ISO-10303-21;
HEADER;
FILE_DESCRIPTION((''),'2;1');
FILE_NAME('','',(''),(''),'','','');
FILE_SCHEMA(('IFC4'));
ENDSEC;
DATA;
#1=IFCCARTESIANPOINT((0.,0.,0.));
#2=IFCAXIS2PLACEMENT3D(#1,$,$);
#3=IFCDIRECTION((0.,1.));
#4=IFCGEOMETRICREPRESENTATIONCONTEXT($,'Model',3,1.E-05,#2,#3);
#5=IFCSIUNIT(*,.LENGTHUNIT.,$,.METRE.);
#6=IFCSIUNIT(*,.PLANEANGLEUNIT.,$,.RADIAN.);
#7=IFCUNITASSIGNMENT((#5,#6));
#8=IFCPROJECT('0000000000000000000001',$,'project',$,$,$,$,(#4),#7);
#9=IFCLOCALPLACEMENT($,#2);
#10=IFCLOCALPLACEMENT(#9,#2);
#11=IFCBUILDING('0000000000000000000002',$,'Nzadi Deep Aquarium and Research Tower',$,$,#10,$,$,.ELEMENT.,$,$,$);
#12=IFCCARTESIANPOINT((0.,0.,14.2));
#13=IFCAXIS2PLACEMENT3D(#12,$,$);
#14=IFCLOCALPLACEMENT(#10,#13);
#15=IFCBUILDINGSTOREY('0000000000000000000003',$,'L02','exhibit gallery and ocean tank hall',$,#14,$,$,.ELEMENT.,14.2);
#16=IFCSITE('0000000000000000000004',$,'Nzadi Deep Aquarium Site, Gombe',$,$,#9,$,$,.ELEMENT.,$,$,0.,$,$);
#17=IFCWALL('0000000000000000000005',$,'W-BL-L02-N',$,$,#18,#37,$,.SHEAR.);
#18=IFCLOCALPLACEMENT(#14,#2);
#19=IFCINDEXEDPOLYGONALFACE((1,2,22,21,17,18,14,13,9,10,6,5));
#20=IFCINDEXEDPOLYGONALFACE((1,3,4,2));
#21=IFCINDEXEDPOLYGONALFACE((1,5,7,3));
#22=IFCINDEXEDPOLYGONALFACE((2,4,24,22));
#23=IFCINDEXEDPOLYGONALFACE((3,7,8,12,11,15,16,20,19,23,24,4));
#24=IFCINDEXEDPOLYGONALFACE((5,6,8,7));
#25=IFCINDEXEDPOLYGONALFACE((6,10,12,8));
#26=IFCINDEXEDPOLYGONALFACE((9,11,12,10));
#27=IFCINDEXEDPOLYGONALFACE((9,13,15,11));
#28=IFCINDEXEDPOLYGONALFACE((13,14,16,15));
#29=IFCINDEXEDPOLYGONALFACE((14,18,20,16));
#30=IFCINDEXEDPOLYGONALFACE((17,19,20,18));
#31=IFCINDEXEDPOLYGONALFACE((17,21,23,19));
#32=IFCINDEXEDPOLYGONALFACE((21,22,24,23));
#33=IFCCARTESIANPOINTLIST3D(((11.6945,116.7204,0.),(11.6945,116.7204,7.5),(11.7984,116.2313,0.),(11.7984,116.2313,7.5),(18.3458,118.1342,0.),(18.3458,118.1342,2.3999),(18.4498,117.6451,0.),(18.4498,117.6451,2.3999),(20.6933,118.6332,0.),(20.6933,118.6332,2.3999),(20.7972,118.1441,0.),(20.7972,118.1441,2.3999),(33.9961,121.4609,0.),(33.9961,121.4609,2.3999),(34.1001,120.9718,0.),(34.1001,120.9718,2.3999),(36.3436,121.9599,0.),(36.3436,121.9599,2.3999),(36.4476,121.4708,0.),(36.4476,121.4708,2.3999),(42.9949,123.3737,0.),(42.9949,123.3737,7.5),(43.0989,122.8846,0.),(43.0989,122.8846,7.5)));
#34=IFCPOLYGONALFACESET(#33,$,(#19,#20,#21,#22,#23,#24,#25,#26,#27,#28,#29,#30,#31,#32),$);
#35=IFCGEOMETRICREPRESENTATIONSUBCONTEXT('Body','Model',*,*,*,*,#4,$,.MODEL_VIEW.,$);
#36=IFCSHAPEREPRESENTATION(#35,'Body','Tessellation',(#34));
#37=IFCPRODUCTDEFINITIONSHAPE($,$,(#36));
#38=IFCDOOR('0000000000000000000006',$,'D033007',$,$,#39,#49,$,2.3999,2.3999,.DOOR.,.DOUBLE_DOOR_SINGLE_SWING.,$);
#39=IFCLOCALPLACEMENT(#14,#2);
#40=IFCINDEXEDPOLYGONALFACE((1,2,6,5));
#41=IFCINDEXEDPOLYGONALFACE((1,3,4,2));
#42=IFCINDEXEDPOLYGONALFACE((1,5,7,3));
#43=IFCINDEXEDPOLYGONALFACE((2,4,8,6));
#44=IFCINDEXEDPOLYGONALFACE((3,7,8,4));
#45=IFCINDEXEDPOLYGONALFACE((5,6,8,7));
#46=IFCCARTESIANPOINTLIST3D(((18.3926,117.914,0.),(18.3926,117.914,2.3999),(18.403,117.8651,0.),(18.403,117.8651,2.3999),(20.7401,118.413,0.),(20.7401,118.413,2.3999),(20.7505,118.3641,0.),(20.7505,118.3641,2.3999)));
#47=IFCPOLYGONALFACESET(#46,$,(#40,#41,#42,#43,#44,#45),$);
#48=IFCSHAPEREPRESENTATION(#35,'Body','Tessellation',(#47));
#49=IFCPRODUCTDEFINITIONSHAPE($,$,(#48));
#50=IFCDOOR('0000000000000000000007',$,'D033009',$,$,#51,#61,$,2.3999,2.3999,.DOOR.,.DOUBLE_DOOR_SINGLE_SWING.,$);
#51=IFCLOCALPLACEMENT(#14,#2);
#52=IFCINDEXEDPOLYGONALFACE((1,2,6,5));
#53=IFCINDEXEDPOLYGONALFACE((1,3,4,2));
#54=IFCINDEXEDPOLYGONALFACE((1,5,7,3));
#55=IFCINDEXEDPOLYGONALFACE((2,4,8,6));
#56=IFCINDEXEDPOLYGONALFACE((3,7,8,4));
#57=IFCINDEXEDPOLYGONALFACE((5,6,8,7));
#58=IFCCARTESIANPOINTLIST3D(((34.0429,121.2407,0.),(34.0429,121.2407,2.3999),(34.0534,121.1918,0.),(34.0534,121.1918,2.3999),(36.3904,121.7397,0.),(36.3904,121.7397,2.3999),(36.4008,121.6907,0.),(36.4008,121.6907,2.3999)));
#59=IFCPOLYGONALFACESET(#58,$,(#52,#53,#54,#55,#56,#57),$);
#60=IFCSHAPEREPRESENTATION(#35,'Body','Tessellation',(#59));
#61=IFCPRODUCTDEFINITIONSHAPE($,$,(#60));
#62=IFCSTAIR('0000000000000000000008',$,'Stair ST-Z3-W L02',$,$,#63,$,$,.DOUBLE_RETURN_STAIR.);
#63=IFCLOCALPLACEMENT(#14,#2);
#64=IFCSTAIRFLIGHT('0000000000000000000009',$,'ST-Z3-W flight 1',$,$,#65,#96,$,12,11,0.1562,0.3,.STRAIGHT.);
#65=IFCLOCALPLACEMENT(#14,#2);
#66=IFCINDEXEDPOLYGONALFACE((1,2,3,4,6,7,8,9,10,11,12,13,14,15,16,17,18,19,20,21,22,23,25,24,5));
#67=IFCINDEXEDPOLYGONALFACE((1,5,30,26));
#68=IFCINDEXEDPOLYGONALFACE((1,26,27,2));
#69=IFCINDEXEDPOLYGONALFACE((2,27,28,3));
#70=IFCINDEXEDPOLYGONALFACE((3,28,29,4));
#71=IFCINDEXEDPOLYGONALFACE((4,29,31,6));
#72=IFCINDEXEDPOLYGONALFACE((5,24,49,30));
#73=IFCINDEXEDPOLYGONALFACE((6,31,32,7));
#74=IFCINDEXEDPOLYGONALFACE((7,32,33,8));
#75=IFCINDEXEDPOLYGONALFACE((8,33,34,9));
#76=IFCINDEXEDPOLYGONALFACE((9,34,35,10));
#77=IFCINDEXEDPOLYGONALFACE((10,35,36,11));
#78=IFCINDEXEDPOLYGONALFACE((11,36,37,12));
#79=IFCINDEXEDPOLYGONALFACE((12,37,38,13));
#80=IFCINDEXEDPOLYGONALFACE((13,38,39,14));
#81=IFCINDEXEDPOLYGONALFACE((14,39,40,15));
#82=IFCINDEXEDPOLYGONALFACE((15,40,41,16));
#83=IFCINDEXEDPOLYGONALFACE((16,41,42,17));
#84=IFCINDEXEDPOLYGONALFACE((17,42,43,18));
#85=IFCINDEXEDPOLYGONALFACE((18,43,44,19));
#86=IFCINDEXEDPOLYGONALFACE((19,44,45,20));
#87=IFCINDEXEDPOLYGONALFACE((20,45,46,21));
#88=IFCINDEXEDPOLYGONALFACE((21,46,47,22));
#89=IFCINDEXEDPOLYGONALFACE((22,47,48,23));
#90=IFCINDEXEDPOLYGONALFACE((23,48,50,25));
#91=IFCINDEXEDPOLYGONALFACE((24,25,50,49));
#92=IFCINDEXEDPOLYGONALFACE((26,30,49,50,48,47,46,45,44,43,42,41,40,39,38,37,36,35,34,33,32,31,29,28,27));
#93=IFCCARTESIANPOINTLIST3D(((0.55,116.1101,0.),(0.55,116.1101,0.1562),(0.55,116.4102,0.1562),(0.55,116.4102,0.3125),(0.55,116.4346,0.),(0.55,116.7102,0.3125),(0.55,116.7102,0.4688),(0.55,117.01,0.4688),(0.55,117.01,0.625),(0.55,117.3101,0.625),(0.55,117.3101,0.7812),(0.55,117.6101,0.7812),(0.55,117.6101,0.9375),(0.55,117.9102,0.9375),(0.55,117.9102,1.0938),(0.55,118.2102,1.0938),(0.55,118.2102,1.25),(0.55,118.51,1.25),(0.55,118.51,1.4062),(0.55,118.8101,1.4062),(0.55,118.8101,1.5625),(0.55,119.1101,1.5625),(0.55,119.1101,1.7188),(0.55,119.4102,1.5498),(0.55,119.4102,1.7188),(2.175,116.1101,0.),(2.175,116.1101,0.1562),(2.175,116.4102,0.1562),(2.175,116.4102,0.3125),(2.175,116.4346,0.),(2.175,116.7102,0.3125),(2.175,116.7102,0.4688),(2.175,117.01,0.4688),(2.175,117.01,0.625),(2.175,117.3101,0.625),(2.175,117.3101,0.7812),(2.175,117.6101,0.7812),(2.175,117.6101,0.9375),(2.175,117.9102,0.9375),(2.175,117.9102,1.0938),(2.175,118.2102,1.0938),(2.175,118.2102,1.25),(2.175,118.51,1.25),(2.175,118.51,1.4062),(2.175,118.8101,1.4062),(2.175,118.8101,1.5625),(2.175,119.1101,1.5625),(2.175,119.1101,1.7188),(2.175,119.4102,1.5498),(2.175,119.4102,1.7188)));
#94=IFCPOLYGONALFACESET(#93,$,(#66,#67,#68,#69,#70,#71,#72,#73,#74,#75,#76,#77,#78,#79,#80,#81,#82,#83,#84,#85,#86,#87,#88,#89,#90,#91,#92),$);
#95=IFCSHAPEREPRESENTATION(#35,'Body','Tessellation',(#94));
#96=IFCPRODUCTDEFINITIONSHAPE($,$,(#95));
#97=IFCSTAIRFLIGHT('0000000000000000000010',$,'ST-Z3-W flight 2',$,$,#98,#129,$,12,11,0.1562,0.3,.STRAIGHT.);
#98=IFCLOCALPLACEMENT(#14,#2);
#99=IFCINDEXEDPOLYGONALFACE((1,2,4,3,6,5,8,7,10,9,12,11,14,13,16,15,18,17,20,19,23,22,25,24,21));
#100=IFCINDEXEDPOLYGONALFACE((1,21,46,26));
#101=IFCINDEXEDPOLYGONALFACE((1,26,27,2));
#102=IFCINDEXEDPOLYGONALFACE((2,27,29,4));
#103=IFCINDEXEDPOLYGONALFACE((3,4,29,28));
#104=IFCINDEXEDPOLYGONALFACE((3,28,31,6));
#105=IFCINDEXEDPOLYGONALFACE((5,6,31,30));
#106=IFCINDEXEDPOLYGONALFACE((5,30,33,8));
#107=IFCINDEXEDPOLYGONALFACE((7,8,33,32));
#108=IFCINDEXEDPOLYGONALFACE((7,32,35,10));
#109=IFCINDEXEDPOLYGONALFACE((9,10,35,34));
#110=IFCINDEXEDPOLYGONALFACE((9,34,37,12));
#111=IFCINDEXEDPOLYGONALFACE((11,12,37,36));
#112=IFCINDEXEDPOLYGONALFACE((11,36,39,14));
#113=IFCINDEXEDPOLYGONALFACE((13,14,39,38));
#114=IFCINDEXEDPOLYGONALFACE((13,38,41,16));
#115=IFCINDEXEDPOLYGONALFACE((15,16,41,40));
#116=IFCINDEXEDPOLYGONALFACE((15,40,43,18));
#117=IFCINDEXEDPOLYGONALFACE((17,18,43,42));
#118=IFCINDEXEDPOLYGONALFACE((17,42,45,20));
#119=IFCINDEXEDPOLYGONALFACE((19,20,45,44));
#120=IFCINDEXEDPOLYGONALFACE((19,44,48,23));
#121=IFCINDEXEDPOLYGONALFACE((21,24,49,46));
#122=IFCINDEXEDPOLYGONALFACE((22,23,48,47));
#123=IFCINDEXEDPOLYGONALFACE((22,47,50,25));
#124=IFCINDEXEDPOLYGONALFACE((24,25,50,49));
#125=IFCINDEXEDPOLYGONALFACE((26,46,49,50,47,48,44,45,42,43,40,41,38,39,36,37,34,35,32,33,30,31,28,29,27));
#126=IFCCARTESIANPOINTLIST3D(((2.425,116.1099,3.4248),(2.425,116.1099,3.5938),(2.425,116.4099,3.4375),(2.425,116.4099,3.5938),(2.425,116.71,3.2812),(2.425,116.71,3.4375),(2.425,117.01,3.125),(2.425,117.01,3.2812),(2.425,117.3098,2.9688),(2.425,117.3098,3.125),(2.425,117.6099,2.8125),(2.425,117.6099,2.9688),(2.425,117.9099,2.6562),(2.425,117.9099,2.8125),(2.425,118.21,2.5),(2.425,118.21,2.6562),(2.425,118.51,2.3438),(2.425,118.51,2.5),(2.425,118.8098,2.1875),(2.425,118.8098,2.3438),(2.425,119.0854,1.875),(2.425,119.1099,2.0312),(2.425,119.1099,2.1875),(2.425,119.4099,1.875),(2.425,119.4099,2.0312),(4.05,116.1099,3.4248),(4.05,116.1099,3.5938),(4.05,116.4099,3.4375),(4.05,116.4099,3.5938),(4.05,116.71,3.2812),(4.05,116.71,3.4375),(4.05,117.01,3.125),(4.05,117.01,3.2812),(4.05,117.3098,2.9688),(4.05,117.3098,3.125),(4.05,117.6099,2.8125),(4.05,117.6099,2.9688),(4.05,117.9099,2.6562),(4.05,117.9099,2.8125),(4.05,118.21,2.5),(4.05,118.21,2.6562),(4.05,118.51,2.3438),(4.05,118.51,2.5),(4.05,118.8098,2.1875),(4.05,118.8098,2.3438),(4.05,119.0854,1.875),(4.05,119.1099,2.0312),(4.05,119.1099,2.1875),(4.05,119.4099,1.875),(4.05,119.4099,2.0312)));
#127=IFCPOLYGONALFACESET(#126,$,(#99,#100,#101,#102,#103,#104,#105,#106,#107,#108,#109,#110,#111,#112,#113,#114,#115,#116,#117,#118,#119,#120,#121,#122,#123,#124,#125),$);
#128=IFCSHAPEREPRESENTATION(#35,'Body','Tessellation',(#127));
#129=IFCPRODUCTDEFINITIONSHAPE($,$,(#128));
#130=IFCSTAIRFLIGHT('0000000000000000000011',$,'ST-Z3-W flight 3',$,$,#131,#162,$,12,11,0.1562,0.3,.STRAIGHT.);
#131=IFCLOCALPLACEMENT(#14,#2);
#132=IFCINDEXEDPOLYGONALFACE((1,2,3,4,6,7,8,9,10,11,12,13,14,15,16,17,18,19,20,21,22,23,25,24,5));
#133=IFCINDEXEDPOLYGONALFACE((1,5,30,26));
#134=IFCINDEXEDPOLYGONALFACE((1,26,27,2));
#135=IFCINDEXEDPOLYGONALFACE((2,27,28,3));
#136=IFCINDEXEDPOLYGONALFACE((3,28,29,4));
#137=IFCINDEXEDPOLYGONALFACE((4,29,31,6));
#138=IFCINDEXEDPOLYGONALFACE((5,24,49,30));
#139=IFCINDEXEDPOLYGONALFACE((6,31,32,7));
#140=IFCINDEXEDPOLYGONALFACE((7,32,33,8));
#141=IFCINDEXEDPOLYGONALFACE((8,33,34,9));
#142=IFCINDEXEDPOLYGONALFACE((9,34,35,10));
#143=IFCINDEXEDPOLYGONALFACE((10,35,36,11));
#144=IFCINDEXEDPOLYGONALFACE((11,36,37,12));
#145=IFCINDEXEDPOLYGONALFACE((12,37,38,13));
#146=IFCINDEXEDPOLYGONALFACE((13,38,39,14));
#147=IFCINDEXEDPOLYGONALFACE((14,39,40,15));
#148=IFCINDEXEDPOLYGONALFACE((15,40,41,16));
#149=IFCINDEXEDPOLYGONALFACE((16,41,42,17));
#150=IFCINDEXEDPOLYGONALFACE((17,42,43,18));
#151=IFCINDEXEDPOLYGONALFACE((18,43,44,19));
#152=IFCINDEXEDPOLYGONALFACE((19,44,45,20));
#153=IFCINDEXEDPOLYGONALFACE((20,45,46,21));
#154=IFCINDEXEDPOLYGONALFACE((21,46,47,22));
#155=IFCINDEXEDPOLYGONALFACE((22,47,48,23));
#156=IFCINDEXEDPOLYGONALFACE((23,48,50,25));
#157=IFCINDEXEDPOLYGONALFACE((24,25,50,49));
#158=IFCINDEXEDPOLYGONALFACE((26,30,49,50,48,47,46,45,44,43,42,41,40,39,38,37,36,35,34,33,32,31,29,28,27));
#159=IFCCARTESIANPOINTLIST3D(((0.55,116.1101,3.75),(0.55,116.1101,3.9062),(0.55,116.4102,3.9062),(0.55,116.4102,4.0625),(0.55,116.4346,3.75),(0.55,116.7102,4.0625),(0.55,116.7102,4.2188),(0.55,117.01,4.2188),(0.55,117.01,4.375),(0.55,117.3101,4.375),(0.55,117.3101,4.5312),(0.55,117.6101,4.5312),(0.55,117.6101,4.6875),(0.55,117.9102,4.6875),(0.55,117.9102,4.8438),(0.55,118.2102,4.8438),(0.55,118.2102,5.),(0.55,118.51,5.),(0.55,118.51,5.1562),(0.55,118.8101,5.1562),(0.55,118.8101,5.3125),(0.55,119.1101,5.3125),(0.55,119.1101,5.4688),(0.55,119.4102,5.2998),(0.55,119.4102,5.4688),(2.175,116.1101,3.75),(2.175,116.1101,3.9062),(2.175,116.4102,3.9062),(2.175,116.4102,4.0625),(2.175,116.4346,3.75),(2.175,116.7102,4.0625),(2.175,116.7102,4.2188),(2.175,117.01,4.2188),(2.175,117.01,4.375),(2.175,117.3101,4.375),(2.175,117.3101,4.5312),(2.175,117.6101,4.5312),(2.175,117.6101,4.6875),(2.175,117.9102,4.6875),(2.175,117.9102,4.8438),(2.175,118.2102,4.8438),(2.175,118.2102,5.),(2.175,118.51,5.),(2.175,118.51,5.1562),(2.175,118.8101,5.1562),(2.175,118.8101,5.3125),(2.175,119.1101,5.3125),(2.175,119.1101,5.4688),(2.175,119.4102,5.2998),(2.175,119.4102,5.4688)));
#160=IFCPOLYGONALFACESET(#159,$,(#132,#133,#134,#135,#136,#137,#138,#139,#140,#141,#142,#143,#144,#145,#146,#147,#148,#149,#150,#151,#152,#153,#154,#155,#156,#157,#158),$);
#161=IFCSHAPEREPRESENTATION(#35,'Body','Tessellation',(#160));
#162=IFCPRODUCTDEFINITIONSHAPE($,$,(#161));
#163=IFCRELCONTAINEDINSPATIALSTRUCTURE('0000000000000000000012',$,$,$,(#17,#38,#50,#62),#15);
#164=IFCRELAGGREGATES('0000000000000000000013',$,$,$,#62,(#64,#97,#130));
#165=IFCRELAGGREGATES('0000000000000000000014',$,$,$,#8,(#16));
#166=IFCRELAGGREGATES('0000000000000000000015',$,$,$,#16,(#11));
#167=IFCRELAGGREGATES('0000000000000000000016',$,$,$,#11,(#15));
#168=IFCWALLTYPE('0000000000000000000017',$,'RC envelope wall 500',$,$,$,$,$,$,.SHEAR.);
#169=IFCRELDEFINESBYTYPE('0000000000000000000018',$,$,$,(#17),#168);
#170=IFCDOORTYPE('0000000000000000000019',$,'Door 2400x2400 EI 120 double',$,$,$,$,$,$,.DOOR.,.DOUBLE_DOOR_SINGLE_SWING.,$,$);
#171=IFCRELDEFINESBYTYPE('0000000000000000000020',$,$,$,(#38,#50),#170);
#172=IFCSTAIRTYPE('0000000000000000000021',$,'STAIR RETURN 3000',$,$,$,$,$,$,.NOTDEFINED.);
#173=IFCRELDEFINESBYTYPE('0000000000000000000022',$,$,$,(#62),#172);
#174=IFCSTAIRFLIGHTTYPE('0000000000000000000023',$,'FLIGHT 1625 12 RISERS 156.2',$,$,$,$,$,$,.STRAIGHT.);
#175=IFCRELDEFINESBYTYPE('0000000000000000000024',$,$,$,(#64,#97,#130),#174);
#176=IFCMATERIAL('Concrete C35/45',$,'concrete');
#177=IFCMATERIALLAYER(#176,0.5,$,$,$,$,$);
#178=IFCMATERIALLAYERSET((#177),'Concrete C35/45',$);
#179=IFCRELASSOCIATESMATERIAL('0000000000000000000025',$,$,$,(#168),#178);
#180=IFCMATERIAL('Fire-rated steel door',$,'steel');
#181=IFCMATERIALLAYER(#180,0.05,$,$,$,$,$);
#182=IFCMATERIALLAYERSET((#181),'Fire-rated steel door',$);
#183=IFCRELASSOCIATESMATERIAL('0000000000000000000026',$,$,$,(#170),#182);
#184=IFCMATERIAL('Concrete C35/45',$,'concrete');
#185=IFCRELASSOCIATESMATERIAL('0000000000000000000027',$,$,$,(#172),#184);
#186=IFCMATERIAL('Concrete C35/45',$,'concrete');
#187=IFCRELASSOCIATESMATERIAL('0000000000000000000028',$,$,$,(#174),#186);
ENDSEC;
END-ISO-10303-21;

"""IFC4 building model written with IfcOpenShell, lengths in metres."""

from ifc_helpers import new_model, si_unit, direction, frame, frame_2d, origin, place, context, subcontext, project, spatial, polyline, rectangle, outline, extrude, material, layer, layer_set, type_object, element, fill, aggregate, save


model = new_model("IFC4")

# Units and contexts
model_context = context("Model", 3, precision=1e-05, world=origin(), true_north=direction((0.0, 1.0)))
body_context = subcontext(model_context, "Body", "Model", "MODEL_VIEW")
ifc_project = project(units=[si_unit("LENGTHUNIT", "METRE"), si_unit("PLANEANGLEUNIT", "RADIAN")], contexts=[model_context])

# Site, building, storey
site_placement = place(None, origin())
site = spatial("IfcSite", under=ifc_project, at=site_placement, Name="Nzadi Deep Aquarium Site, Gombe", CompositionType="ELEMENT", RefElevation=0.0)
building_placement = place(site_placement, origin())
building = spatial("IfcBuilding", under=site, at=building_placement, Name="Nzadi Deep Aquarium and Research Tower", CompositionType="ELEMENT")
storey_placement = place(building_placement, frame((0.0, 0.0, 14.2)))
storey = spatial("IfcBuildingStorey", under=building, at=storey_placement, Name="L02", Description="exhibit gallery and ocean tank hall", CompositionType="ELEMENT", Elevation=14.2)

# Wall, openings, doors
ifc_material_1 = material(Name="Concrete C35/45", Category="concrete")
ifc_layer_1 = layer(ifc_material_1, 0.5)
ifc_layer_set_1 = layer_set([ifc_layer_1], Name="Concrete C35/45")
wall_type_1 = type_object("IfcWallType", Name="RC envelope wall 500", PredefinedType="SHEAR", material=ifc_layer_set_1)
wall_1_placement = place(storey_placement, frame((11.7463, 116.4758, 0.0), z_axis=(0.0, 0.0, 1.0), x_axis=(0.978146, 0.207917, 0.0)))
wall_1 = element("IfcWall", 1, at=wall_1_placement, inside=storey, type_object=wall_type_1, Name="W-BL-L02-N", PredefinedType="SHEAR", context=body_context, shape_type="SweptSolid", body=[
    extrude(rectangle(XDim=31.9998, YDim=0.5, at=frame_2d((16.0, 0.0))), origin(), (0.0, 0.0, 1.0), 7.5),
])
opening_1_placement = place(wall_1_placement, frame((6.8, 0.0, 0.0)))
opening_1 = element("IfcOpeningElement", 2, at=opening_1_placement, cuts=wall_1, PredefinedType="OPENING", context=body_context, shape_type="SweptSolid", body=[
    extrude(rectangle(XDim=2.3999, YDim=2.3999, at=frame_2d((1.2, 1.2))), frame((0.0, 0.26, 0.0), z_axis=(0.0, -1.0, 0.0), x_axis=(1.0, 0.0, 0.0)), (0.0, 0.0, 1.0), 0.52),
])
opening_2_placement = place(wall_1_placement, frame((22.8, 0.0, 0.0)))
opening_2 = element("IfcOpeningElement", 3, at=opening_2_placement, cuts=wall_1, PredefinedType="OPENING", context=body_context, shape_type="SweptSolid", body=[
    extrude(rectangle(XDim=2.3999, YDim=2.3999, at=frame_2d((1.2, 1.2))), frame((0.0, 0.26, 0.0), z_axis=(0.0, -1.0, 0.0), x_axis=(1.0, 0.0, 0.0)), (0.0, 0.0, 1.0), 0.52),
])
ifc_material_2 = material(Name="Fire-rated steel door", Category="steel")
ifc_layer_2 = layer(ifc_material_2, 0.05)
ifc_layer_set_2 = layer_set([ifc_layer_2], Name="Fire-rated steel door")
door_type_1 = type_object("IfcDoorType", Name="Door 2400x2400 EI 120 double", OperationType="DOUBLE_DOOR_SINGLE_SWING", PredefinedType="DOOR", material=ifc_layer_set_2)
door_1_placement = place(opening_1_placement, origin())
door_1 = element("IfcDoor", 4, at=door_1_placement, inside=storey, type_object=door_type_1, Name="D033007", OperationType="DOUBLE_DOOR_SINGLE_SWING", OverallHeight=2.3999, OverallWidth=2.3999, PredefinedType="DOOR", context=body_context, shape_type="SweptSolid", body=[
    extrude(rectangle(XDim=2.3999, YDim=2.3999, at=frame_2d((1.2, 1.2))), frame((0.0, 0.0249, 0.0), z_axis=(0.0, -1.0, 0.0), x_axis=(1.0, 0.0, 0.0)), (0.0, 0.0, 1.0), 0.05),
])
fill(opening_1, door_1)
door_2_placement = place(opening_2_placement, origin())
door_2 = element("IfcDoor", 5, at=door_2_placement, inside=storey, type_object=door_type_1, Name="D033009", OperationType="DOUBLE_DOOR_SINGLE_SWING", OverallHeight=2.3999, OverallWidth=2.3999, PredefinedType="DOOR", context=body_context, shape_type="SweptSolid", body=[
    extrude(rectangle(XDim=2.3999, YDim=2.3999, at=frame_2d((1.2, 1.2))), frame((0.0, 0.0249, 0.0), z_axis=(0.0, -1.0, 0.0), x_axis=(1.0, 0.0, 0.0)), (0.0, 0.0, 1.0), 0.05),
])
fill(opening_2, door_2)

# Stair, stair flights
ifc_material_3 = material(Name="Concrete C35/45", Category="concrete")
stair_type = type_object("IfcStairType", Name="STAIR RETURN 3000", PredefinedType="NOTDEFINED", material=ifc_material_3)
stair_placement = place(storey_placement, origin())
stair = element("IfcStair", 6, at=stair_placement, inside=storey, type_object=stair_type, Name="Stair ST-Z3-W L02", PredefinedType="DOUBLE_RETURN_STAIR")
ifc_material_4 = material(Name="Concrete C35/45", Category="concrete")
stair_flight_type = type_object("IfcStairFlightType", Name="FLIGHT 1625 12 RISERS 156.2", PredefinedType="STRAIGHT", material=ifc_material_4)
stair_flight_1_placement = place(storey_placement, frame((1.3625, 116.1101, 0.0), z_axis=(0.0, 0.0, 1.0), x_axis=(0.0, 1.0, 0.0)))
stair_flight_1 = element("IfcStairFlight", 7, at=stair_flight_1_placement, type_object=stair_flight_type, Name="ST-Z3-W flight 1", NumberOfRisers=12, NumberOfTreads=11, PredefinedType="STRAIGHT", RiserHeight=0.1562, TreadLength=0.3, context=body_context, shape_type="SweptSolid", body=[
    extrude(outline(polyline([(0.0, 0.0), (0.0, 0.1562), (0.3, 0.1562), (0.3, 0.3125), (0.6001, 0.3125), (0.6001, 0.4688), (0.8999, 0.4688), (0.8999, 0.625), (1.2, 0.625), (1.2, 0.7812), (1.5, 0.7812), (1.5, 0.9375), (1.8, 0.9375), (1.8, 1.0938), (2.1001, 1.0938), (2.1001, 1.25), (2.3999, 1.25), (2.3999, 1.4062), (2.7, 1.4062), (2.7, 1.5625), (3.0, 1.5625), (3.0, 1.7188), (3.3, 1.7188), (3.3, 1.875), (3.3, 1.5498), (0.3245, 0.0), (0.0, 0.0)])), frame((0.0, 0.8125, 0.0), z_axis=(0.0, -1.0, 0.0), x_axis=(1.0, 0.0, 0.0)), (0.0, 0.0, 1.0), 1.625),
])
stair_flight_2_placement = place(storey_placement, frame((3.2375, 119.4099, 1.875), z_axis=(0.0, 0.0, 1.0), x_axis=(0.0, -1.0, 0.0)))
stair_flight_2 = element("IfcStairFlight", 8, at=stair_flight_2_placement, type_object=stair_flight_type, Name="ST-Z3-W flight 2", NumberOfRisers=12, NumberOfTreads=11, PredefinedType="STRAIGHT", RiserHeight=0.1562, TreadLength=0.3, context=body_context, shape_type="SweptSolid", body=[
    extrude(outline(polyline([(0.0, 0.0), (0.0, 0.1562), (0.3, 0.1562), (0.3, 0.3125), (0.6001, 0.3125), (0.6001, 0.4688), (0.8999, 0.4688), (0.8999, 0.625), (1.2, 0.625), (1.2, 0.7812), (1.5, 0.7812), (1.5, 0.9375), (1.8, 0.9375), (1.8, 1.0938), (2.1001, 1.0938), (2.1001, 1.25), (2.3999, 1.25), (2.3999, 1.4062), (2.7, 1.4062), (2.7, 1.5625), (3.0, 1.5625), (3.0, 1.7188), (3.3, 1.7188), (3.3, 1.875), (3.3, 1.5498), (0.3245, 0.0), (0.0, 0.0)])), frame((0.0, 0.8125, 0.0), z_axis=(0.0, -1.0, 0.0), x_axis=(1.0, 0.0, 0.0)), (0.0, 0.0, 1.0), 1.625),
])
stair_flight_3_placement = place(storey_placement, frame((1.3625, 116.1101, 3.75), z_axis=(0.0, 0.0, 1.0), x_axis=(0.0, 1.0, 0.0)))
stair_flight_3 = element("IfcStairFlight", 9, at=stair_flight_3_placement, type_object=stair_flight_type, Name="ST-Z3-W flight 3", NumberOfRisers=12, NumberOfTreads=11, PredefinedType="STRAIGHT", RiserHeight=0.1562, TreadLength=0.3, context=body_context, shape_type="SweptSolid", body=[
    extrude(outline(polyline([(0.0, 0.0), (0.0, 0.1562), (0.3, 0.1562), (0.3, 0.3125), (0.6001, 0.3125), (0.6001, 0.4688), (0.8999, 0.4688), (0.8999, 0.625), (1.2, 0.625), (1.2, 0.7812), (1.5, 0.7812), (1.5, 0.9375), (1.8, 0.9375), (1.8, 1.0938), (2.1001, 1.0938), (2.1001, 1.25), (2.3999, 1.25), (2.3999, 1.4062), (2.7, 1.4062), (2.7, 1.5625), (3.0, 1.5625), (3.0, 1.7188), (3.3, 1.7188), (3.3, 1.875), (3.3, 1.5498), (0.3245, 0.0), (0.0, 0.0)])), frame((0.0, 0.8125, 0.0), z_axis=(0.0, -1.0, 0.0), x_axis=(1.0, 0.0, 0.0)), (0.0, 0.0, 1.0), 1.625),
])
aggregate(stair, [stair_flight_1, stair_flight_2, stair_flight_3])

save(model, "model.ifc")
